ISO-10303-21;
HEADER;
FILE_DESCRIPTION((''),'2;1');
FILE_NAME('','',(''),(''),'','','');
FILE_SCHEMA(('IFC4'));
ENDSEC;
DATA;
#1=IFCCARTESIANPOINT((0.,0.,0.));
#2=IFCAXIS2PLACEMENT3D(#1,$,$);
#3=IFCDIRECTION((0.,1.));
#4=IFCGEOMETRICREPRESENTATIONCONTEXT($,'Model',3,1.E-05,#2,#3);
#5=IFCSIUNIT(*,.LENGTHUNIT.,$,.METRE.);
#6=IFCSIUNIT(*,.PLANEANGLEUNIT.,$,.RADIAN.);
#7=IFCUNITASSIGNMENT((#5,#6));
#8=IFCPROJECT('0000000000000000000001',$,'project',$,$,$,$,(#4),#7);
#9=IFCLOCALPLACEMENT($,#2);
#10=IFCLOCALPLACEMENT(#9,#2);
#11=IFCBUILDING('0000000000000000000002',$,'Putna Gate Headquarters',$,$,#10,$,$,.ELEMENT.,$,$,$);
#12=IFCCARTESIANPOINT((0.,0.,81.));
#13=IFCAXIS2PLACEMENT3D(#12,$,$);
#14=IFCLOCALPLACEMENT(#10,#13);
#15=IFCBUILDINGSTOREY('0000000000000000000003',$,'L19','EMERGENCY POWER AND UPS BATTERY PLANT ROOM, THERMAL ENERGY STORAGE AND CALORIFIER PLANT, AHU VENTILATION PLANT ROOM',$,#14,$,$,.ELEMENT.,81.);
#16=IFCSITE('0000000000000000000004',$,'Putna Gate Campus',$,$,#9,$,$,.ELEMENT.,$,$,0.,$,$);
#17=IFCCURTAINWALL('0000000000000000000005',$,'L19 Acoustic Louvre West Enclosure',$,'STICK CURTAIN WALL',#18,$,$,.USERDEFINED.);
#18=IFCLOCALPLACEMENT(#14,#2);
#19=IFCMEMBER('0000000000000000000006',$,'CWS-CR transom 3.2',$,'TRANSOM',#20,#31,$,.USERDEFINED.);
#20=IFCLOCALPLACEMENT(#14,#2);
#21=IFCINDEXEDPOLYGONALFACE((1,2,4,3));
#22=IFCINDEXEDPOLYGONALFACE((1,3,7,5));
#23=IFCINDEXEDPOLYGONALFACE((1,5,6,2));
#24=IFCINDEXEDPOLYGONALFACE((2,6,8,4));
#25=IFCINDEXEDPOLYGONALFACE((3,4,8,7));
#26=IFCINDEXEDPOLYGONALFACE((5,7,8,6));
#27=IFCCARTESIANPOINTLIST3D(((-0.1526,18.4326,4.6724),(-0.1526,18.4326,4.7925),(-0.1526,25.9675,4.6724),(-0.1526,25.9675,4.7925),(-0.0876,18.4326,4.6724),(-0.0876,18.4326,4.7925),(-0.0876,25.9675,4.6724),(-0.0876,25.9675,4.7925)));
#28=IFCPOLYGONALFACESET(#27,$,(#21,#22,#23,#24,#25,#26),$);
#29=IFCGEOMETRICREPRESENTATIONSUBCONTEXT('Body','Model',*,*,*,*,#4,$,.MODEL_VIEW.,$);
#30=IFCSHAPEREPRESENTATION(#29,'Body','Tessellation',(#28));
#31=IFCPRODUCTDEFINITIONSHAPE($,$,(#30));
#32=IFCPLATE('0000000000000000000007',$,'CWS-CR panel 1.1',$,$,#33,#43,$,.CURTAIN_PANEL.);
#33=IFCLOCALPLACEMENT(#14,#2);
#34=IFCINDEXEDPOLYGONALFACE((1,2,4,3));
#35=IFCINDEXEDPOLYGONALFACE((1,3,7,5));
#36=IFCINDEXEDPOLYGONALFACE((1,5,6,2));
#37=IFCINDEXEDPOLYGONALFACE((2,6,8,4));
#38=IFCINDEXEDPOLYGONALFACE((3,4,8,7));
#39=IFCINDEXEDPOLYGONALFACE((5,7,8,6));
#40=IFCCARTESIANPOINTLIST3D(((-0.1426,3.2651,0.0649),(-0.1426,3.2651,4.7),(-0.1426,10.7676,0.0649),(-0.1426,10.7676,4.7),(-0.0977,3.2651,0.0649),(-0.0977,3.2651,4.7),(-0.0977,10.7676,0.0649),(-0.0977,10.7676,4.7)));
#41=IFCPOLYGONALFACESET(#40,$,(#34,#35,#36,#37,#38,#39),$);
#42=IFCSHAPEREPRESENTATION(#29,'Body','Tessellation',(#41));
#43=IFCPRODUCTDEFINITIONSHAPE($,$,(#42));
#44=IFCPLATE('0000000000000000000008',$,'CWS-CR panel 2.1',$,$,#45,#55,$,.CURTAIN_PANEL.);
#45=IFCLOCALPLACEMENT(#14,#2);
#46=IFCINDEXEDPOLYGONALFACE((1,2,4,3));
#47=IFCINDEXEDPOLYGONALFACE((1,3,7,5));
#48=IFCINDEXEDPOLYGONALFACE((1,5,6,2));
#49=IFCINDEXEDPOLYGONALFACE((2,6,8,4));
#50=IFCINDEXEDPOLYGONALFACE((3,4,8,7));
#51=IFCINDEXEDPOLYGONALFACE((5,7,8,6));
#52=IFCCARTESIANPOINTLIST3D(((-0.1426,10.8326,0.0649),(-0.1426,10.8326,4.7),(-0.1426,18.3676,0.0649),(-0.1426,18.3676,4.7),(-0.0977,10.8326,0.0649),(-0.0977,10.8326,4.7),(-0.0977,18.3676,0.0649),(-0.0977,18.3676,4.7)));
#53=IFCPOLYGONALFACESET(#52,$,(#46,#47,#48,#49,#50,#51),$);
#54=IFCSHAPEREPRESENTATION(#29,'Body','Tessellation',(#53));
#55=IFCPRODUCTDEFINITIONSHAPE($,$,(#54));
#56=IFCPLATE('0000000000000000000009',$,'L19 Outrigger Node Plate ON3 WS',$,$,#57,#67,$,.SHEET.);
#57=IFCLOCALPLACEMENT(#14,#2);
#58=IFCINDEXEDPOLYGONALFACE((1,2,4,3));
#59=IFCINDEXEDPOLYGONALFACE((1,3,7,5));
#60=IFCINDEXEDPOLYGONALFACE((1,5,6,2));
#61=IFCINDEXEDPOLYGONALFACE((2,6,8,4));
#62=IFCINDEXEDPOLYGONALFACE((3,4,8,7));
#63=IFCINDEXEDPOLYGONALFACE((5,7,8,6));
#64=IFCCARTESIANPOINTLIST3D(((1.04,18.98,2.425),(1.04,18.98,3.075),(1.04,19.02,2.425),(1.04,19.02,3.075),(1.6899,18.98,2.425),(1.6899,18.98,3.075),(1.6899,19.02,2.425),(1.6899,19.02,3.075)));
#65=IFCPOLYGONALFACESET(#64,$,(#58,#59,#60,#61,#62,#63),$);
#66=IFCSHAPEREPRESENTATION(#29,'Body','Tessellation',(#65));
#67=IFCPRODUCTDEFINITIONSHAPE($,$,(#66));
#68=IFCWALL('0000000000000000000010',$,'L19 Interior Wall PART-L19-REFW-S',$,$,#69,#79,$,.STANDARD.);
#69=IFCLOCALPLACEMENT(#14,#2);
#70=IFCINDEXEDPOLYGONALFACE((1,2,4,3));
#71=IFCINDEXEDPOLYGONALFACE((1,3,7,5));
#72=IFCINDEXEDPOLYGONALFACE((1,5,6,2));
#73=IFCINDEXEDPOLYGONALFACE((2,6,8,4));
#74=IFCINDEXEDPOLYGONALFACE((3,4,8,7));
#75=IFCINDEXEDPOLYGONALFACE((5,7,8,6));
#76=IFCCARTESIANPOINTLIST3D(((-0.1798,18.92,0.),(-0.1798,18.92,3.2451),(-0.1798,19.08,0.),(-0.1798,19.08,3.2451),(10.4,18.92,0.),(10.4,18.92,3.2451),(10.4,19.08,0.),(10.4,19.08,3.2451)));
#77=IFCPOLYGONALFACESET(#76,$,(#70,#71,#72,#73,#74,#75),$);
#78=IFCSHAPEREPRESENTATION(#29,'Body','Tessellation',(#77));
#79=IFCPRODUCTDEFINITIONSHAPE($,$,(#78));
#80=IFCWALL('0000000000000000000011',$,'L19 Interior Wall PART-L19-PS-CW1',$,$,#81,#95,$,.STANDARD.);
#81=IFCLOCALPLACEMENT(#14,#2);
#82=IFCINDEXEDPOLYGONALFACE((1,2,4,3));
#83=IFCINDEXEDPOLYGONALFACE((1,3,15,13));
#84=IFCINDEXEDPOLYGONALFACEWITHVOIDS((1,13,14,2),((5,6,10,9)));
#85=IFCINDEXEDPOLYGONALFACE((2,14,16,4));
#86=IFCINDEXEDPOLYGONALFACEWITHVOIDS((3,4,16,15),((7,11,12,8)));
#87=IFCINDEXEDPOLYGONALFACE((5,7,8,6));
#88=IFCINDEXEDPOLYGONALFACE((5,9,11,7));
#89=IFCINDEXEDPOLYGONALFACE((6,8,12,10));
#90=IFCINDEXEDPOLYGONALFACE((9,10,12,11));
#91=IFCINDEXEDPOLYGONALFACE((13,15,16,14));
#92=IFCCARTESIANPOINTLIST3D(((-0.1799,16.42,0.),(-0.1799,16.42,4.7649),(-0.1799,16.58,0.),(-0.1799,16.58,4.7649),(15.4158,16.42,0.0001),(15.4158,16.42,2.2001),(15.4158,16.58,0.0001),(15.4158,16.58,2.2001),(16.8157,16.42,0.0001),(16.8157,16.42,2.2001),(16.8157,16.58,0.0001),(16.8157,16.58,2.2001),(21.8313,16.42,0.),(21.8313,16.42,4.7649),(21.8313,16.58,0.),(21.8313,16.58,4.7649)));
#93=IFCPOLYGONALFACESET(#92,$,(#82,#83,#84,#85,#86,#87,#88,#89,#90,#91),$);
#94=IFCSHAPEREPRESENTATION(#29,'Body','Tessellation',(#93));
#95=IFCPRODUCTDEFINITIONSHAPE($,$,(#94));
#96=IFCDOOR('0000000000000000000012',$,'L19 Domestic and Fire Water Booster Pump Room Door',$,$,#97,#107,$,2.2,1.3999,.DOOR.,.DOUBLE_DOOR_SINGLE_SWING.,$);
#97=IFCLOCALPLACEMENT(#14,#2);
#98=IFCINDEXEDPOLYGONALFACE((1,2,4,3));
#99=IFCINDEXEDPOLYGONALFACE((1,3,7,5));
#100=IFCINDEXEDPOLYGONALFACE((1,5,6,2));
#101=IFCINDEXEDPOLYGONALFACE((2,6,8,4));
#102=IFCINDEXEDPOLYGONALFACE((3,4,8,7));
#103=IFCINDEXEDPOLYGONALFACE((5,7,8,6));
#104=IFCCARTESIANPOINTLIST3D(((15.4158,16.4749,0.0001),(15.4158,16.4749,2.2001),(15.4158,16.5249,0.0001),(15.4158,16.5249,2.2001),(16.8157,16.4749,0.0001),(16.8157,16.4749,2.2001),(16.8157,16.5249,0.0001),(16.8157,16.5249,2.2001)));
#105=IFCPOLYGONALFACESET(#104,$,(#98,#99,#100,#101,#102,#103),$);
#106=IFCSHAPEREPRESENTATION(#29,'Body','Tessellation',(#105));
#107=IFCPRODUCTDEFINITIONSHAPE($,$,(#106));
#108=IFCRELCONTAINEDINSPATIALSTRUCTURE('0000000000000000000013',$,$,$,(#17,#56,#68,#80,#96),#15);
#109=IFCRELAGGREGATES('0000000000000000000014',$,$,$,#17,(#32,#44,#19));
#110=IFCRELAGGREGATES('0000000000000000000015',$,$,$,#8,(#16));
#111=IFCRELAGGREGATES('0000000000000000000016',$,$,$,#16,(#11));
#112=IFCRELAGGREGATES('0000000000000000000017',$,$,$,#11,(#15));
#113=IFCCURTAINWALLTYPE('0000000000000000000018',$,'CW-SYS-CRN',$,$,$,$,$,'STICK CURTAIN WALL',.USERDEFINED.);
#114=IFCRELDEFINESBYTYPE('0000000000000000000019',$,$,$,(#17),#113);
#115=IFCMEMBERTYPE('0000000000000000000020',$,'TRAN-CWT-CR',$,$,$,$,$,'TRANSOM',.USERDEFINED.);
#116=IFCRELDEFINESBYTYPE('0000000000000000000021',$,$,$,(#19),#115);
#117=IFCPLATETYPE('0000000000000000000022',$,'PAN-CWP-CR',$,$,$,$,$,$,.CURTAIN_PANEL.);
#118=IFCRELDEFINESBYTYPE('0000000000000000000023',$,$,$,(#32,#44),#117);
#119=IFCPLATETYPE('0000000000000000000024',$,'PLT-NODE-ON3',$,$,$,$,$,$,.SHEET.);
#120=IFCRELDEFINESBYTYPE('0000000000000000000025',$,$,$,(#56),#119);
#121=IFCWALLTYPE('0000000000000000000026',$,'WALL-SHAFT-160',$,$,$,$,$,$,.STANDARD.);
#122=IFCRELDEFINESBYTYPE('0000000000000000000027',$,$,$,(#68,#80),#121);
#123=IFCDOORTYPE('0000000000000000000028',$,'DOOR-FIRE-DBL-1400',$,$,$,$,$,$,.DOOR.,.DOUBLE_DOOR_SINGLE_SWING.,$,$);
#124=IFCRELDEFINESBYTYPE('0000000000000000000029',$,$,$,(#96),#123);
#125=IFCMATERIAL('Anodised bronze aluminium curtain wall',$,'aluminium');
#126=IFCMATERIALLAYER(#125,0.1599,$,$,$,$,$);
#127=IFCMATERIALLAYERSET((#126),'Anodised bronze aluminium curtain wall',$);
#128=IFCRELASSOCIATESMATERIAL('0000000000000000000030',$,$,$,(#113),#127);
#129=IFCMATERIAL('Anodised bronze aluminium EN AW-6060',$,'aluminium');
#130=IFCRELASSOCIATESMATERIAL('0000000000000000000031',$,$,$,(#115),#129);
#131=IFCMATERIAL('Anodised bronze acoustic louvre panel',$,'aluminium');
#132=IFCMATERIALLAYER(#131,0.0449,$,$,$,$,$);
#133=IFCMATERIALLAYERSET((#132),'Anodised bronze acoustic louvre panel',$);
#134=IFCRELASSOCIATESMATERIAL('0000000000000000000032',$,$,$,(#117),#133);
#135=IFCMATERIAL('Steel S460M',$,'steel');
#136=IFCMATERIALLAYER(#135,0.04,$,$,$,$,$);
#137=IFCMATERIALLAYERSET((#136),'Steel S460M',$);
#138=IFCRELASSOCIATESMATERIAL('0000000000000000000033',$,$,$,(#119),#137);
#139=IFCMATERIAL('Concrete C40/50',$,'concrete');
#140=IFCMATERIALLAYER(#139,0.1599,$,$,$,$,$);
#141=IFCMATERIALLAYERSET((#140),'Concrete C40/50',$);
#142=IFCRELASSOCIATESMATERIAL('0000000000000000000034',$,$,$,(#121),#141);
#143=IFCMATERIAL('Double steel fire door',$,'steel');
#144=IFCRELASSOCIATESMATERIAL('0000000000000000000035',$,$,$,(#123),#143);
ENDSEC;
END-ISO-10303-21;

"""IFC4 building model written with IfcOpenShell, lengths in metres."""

from ifc_helpers import new_model, si_unit, direction, frame, frame_2d, origin, origin_2d, place, context, subcontext, project, spatial, rectangle, extrude, material, layer, layer_set, material_profile, profile_set, type_object, element, fill, aggregate, save


model = new_model("IFC4")

# Units and contexts
model_context = context("Model", 3, precision=1e-05, world=origin(), true_north=direction((0.0, 1.0)))
body_context = subcontext(model_context, "Body", "Model", "MODEL_VIEW")
ifc_project = project(units=[si_unit("LENGTHUNIT", "METRE"), si_unit("PLANEANGLEUNIT", "RADIAN")], contexts=[model_context])

# Site, building, storey
site_placement = place(None, origin())
site = spatial("IfcSite", under=ifc_project, at=site_placement, Name="Putna Gate Campus", CompositionType="ELEMENT", RefElevation=0.0)
building_placement = place(site_placement, origin())
building = spatial("IfcBuilding", under=site, at=building_placement, Name="Putna Gate Headquarters", CompositionType="ELEMENT")
storey_placement = place(building_placement, frame((0.0, 0.0, 81.0)))
storey = spatial("IfcBuildingStorey", under=building, at=storey_placement, Name="L19", Description="EMERGENCY POWER AND UPS BATTERY PLANT ROOM, THERMAL ENERGY STORAGE AND CALORIFIER PLANT, AHU VENTILATION PLANT ROOM", CompositionType="ELEMENT", Elevation=81.0)

# Shared definitions
ifc_material_1 = material(Name="Steel S460M", Category="steel")

# Curtain wall, member, plates
ifc_material_2 = material(Name="Anodised bronze aluminium curtain wall", Category="aluminium")
ifc_layer_1 = layer(ifc_material_2, 0.1599)
ifc_layer_set_1 = layer_set([ifc_layer_1], Name="Anodised bronze aluminium curtain wall")
curtain_wall_type = type_object("IfcCurtainWallType", Name="CW-SYS-CRN", ElementType="STICK CURTAIN WALL", PredefinedType="USERDEFINED", material=ifc_layer_set_1)
curtain_wall_placement = place(storey_placement, origin())
curtain_wall = element("IfcCurtainWall", 1, at=curtain_wall_placement, inside=storey, type_object=curtain_wall_type, Name="L19 Acoustic Louvre West Enclosure", ObjectType="STICK CURTAIN WALL", PredefinedType="USERDEFINED")
ifc_material_3 = material(Name="Anodised bronze aluminium EN AW-6060", Category="aluminium")
ifc_material_profile_1 = material_profile(ifc_material_3, rectangle(XDim=0.0649, YDim=0.1201, at=origin_2d()), Name="Anodised bronze aluminium EN AW-6060")
ifc_profile_set_1 = profile_set([ifc_material_profile_1], Name="Anodised bronze aluminium EN AW-6060")
member_type_1 = type_object("IfcMemberType", Name="TRAN-CWT-CR", ElementType="TRANSOM", PredefinedType="USERDEFINED", material=ifc_profile_set_1)
member_1_placement = place(storey_placement, frame((-0.1201, 18.4326, 4.7324), z_axis=(0.0, 1.0, 0.0), x_axis=(-1.0, 0.0, 0.0)))
member_1 = element("IfcMember", 2, at=member_1_placement, type_object=member_type_1, Name="CWS-CR transom 3.2", ObjectType="TRANSOM", PredefinedType="USERDEFINED", context=body_context, shape_type="SweptSolid", body=[
    extrude(rectangle(XDim=0.0649, YDim=0.1201, at=origin_2d()), origin(), (0.0, 0.0, 1.0), 7.5349),
])
ifc_material_4 = material(Name="Anodised bronze acoustic louvre panel", Category="aluminium")
ifc_layer_2 = layer(ifc_material_4, 0.0449)
ifc_layer_set_2 = layer_set([ifc_layer_2], Name="Anodised bronze acoustic louvre panel")
plate_type_1 = type_object("IfcPlateType", Name="PAN-CWP-CR", PredefinedType="CURTAIN_PANEL", material=ifc_layer_set_2)
plate_1_placement = place(storey_placement, frame((-0.1201, 7.0164, 0.0649), z_axis=(0.0, 0.0, 1.0), x_axis=(0.0, 1.0, 0.0)))
plate_1 = element("IfcPlate", 3, at=plate_1_placement, type_object=plate_type_1, Name="CWS-CR panel 1.1", PredefinedType="CURTAIN_PANEL", context=body_context, shape_type="SweptSolid", body=[
    extrude(rectangle(XDim=7.5024, YDim=0.0449, at=origin_2d()), origin(), (0.0, 0.0, 1.0), 4.635),
])
plate_2_placement = place(storey_placement, frame((-0.1201, 14.6001, 0.0649), z_axis=(0.0, 0.0, 1.0), x_axis=(0.0, 1.0, 0.0)))
plate_2 = element("IfcPlate", 4, at=plate_2_placement, type_object=plate_type_1, Name="CWS-CR panel 2.1", PredefinedType="CURTAIN_PANEL", context=body_context, shape_type="SweptSolid", body=[
    extrude(rectangle(XDim=7.5349, YDim=0.0449, at=origin_2d()), origin(), (0.0, 0.0, 1.0), 4.635),
])
aggregate(curtain_wall, [plate_1, plate_2, member_1])

# Plate
ifc_layer_3 = layer(ifc_material_1, 0.04)
ifc_layer_set_3 = layer_set([ifc_layer_3], Name="Steel S460M")
plate_type_2 = type_object("IfcPlateType", Name="PLT-NODE-ON3", PredefinedType="SHEET", material=ifc_layer_set_3)
plate_3_placement = place(storey_placement, frame((1.365, 19.0, 2.425), z_axis=(0.0, 0.0, 1.0), x_axis=(1.0, 0.0, 0.0)))
element("IfcPlate", 5, at=plate_3_placement, inside=storey, type_object=plate_type_2, Name="L19 Outrigger Node Plate ON3 WS", PredefinedType="SHEET", context=body_context, shape_type="SweptSolid", body=[
    extrude(rectangle(XDim=0.6499, YDim=0.04, at=origin_2d()), origin(), (0.0, 0.0, 1.0), 0.6499),
])

# Wall
ifc_material_5 = material(Name="Concrete C40/50", Category="concrete")
ifc_layer_4 = layer(ifc_material_5, 0.1599)
ifc_layer_set_4 = layer_set([ifc_layer_4], Name="Concrete C40/50")
wall_type = type_object("IfcWallType", Name="WALL-SHAFT-160", PredefinedType="STANDARD", material=ifc_layer_set_4)
wall_1_placement = place(storey_placement, frame((-0.1799, 19.0, 0.0), z_axis=(0.0, 0.0, 1.0), x_axis=(1.0, 0.0, 0.0)))
element("IfcWall", 6, at=wall_1_placement, inside=storey, type_object=wall_type, Name="L19 Interior Wall PART-L19-REFW-S", PredefinedType="STANDARD", context=body_context, shape_type="SweptSolid", body=[
    extrude(rectangle(XDim=10.5798, YDim=0.1599, at=frame_2d((5.29, 0.0))), origin(), (0.0, 0.0, 1.0), 3.2451),
])

# Wall, opening, door
wall_2_placement = place(storey_placement, frame((-0.1799, 16.5, 0.0), z_axis=(0.0, 0.0, 1.0), x_axis=(1.0, 0.0, 0.0)))
wall_2 = element("IfcWall", 7, at=wall_2_placement, inside=storey, type_object=wall_type, Name="L19 Interior Wall PART-L19-PS-CW1", PredefinedType="STANDARD", context=body_context, shape_type="SweptSolid", body=[
    extrude(rectangle(XDim=22.0112, YDim=0.1599, at=frame_2d((11.0056, 0.0))), origin(), (0.0, 0.0, 1.0), 4.7649),
])
opening_placement = place(wall_2_placement, frame((15.5957, 0.0, 0.0)))
opening = element("IfcOpeningElement", 8, at=opening_placement, cuts=wall_2, PredefinedType="OPENING", context=body_context, shape_type="SweptSolid", body=[
    extrude(rectangle(XDim=1.3999, YDim=2.2, at=frame_2d((0.7, 1.1001))), frame((0.0, 0.0898, 0.0), z_axis=(0.0, -1.0, 0.0), x_axis=(1.0, 0.0, 0.0)), (0.0, 0.0, 1.0), 0.1799),
])
ifc_material_6 = material(Name="Double steel fire door", Category="steel")
door_type = type_object("IfcDoorType", Name="DOOR-FIRE-DBL-1400", OperationType="DOUBLE_DOOR_SINGLE_SWING", PredefinedType="DOOR", material=ifc_material_6)
door_placement = place(opening_placement, origin())
door = element("IfcDoor", 9, at=door_placement, inside=storey, type_object=door_type, Name="L19 Domestic and Fire Water Booster Pump Room Door", OperationType="DOUBLE_DOOR_SINGLE_SWING", OverallHeight=2.2, OverallWidth=1.3999, PredefinedType="DOOR", context=body_context, shape_type="SweptSolid", body=[
    extrude(rectangle(XDim=1.3999, YDim=2.2, at=frame_2d((0.7, 1.1001))), frame((0.0, 0.0249, 0.0), z_axis=(0.0, -1.0, 0.0), x_axis=(1.0, 0.0, 0.0)), (0.0, 0.0, 1.0), 0.05),
])
fill(opening, door)

save(model, "model.ifc")
